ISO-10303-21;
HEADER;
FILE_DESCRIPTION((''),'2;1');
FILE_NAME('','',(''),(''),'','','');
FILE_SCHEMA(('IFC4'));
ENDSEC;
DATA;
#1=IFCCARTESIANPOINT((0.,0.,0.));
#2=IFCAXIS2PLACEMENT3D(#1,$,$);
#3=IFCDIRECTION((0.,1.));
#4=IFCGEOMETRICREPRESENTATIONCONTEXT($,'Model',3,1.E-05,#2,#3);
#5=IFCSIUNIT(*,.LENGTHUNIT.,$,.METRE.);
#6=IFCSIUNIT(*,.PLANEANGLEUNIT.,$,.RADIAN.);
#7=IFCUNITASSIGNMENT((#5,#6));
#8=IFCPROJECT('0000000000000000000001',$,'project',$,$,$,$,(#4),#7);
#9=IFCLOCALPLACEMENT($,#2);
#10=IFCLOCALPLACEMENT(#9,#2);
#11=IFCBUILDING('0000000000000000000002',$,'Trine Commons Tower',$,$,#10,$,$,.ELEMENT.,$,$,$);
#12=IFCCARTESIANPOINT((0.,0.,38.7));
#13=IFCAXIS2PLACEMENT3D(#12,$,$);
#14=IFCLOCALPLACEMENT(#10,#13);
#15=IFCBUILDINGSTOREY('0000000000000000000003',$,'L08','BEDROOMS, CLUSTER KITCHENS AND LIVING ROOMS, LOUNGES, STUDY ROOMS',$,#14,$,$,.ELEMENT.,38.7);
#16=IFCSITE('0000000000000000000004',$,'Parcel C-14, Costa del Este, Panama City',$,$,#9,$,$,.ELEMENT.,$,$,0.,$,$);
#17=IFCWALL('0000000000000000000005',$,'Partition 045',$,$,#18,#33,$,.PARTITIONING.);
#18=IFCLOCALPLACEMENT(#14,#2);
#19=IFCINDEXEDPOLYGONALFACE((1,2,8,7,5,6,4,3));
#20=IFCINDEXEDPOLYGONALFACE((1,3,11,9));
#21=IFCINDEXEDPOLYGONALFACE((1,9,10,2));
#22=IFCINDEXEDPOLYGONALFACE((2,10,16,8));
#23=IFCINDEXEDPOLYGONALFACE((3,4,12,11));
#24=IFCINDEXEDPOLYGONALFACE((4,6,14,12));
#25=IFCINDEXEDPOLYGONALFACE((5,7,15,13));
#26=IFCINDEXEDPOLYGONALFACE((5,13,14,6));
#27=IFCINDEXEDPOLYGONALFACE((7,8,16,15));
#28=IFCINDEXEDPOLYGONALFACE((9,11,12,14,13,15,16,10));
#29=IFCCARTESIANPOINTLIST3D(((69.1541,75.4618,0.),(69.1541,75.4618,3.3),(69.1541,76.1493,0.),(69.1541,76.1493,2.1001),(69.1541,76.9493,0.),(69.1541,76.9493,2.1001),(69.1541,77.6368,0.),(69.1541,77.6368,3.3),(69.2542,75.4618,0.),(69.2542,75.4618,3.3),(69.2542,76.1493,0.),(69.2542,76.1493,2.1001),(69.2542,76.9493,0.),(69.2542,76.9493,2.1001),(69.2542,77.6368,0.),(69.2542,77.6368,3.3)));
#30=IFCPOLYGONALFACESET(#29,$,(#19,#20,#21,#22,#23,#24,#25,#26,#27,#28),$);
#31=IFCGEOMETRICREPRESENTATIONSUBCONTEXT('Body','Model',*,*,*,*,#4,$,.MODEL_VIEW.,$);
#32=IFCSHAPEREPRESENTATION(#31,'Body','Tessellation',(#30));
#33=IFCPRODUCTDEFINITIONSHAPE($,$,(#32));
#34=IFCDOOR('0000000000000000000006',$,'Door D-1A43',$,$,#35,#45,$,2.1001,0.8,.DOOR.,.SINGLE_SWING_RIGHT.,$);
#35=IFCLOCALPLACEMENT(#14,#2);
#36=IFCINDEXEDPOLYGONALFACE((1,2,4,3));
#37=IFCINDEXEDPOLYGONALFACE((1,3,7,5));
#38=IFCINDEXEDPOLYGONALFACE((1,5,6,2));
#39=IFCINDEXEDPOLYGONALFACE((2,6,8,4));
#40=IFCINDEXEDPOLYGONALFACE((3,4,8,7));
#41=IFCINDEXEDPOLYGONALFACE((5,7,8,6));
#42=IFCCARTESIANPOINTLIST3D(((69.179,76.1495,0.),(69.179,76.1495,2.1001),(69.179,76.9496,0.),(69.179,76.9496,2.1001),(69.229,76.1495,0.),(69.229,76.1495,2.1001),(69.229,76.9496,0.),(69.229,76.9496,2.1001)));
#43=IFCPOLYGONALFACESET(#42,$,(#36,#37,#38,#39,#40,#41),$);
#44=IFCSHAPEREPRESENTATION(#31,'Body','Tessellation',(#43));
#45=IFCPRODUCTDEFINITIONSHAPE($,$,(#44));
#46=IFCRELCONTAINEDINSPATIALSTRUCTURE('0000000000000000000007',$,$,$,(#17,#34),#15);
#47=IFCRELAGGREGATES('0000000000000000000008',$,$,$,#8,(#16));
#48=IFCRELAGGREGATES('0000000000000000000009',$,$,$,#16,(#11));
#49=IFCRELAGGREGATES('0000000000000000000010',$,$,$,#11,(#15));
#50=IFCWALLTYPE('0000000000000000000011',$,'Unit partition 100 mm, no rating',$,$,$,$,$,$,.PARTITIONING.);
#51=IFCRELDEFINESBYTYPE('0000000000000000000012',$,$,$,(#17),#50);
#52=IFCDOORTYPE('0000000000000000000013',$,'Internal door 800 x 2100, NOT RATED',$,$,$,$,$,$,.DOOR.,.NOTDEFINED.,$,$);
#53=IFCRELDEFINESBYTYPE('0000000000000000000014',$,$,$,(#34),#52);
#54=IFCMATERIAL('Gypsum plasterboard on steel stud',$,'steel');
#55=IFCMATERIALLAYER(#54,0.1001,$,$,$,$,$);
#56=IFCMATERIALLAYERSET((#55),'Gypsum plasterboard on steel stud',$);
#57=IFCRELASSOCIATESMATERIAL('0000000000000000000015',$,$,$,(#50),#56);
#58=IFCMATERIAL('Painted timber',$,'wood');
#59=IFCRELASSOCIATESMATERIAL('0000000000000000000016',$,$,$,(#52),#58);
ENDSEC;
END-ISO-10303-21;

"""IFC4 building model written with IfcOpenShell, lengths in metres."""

from ifc_helpers import new_model, si_unit, direction, frame, frame_2d, origin, place, context, subcontext, project, spatial, rectangle, extrude, material, layer, layer_set, type_object, element, fill, save


model = new_model("IFC4")

# Units and contexts
model_context = context("Model", 3, precision=1e-05, world=origin(), true_north=direction((0.0, 1.0)))
body_context = subcontext(model_context, "Body", "Model", "MODEL_VIEW")
ifc_project = project(units=[si_unit("LENGTHUNIT", "METRE"), si_unit("PLANEANGLEUNIT", "RADIAN")], contexts=[model_context])

# Site, building, storey
site_placement = place(None, origin())
site = spatial("IfcSite", under=ifc_project, at=site_placement, Name="Parcel C-14, Costa del Este, Panama City", CompositionType="ELEMENT", RefElevation=0.0)
building_placement = place(site_placement, origin())
building = spatial("IfcBuilding", under=site, at=building_placement, Name="Trine Commons Tower", CompositionType="ELEMENT")
storey_placement = place(building_placement, frame((0.0, 0.0, 38.7)))
storey = spatial("IfcBuildingStorey", under=building, at=storey_placement, Name="L08", Description="BEDROOMS, CLUSTER KITCHENS AND LIVING ROOMS, LOUNGES, STUDY ROOMS", CompositionType="ELEMENT", Elevation=38.7)

# Shared definitions
ifc_material_1 = material(Name="Gypsum plasterboard on steel stud", Category="steel")
ifc_material_2 = material(Name="Painted timber", Category="wood")

# Shared definitions
ifc_layer_1 = layer(ifc_material_1, 0.1001)
ifc_layer_set_1 = layer_set([ifc_layer_1], Name="Gypsum plasterboard on steel stud")
wall_type_1 = type_object("IfcWallType", Name="Unit partition 100 mm, no rating", PredefinedType="PARTITIONING", material=ifc_layer_set_1)
door_type_1 = type_object("IfcDoorType", Name="Internal door 800 x 2100, NOT RATED", OperationType="NOTDEFINED", PredefinedType="DOOR", material=ifc_material_2)

# Wall, opening, door
wall_1_placement = place(storey_placement, frame((69.2041, 75.4619, 0.0), z_axis=(0.0, 0.0, 1.0), x_axis=(0.0, 1.0, 0.0)))
wall_1 = element("IfcWall", 1, at=wall_1_placement, inside=storey, type_object=wall_type_1, Name="Partition 045", PredefinedType="PARTITIONING", context=body_context, shape_type="SweptSolid", body=[
    extrude(rectangle(XDim=2.175, YDim=0.1001, at=frame_2d((1.0874, 0.0))), origin(), (0.0, 0.0, 1.0), 3.3),
])
opening_1_placement = place(wall_1_placement, frame((0.6875, 0.0, 0.0)))
opening_1 = element("IfcOpeningElement", 2, at=opening_1_placement, cuts=wall_1, PredefinedType="OPENING", context=body_context, shape_type="SweptSolid", body=[
    extrude(rectangle(XDim=0.8, YDim=2.1001, at=frame_2d((0.3999, 1.05))), frame((0.0, 0.0601, 0.0), z_axis=(0.0, -1.0, 0.0), x_axis=(1.0, 0.0, 0.0)), (0.0, 0.0, 1.0), 0.1201),
])
door_1_placement = place(opening_1_placement, frame((0.8, 0.0, 0.0), z_axis=(0.0, 0.0, 1.0), x_axis=(-1.0, 0.0, 0.0)))
door_1 = element("IfcDoor", 3, at=door_1_placement, inside=storey, type_object=door_type_1, Name="Door D-1A43", OperationType="SINGLE_SWING_RIGHT", OverallHeight=2.1001, OverallWidth=0.8, PredefinedType="DOOR", context=body_context, shape_type="SweptSolid", body=[
    extrude(rectangle(XDim=0.8, YDim=2.1001, at=frame_2d((0.3999, 1.05))), frame((0.0, 0.0249, 0.0), z_axis=(0.0, -1.0, 0.0), x_axis=(1.0, 0.0, 0.0)), (0.0, 0.0, 1.0), 0.05),
])
fill(opening_1, door_1)

save(model, "model.ifc")
